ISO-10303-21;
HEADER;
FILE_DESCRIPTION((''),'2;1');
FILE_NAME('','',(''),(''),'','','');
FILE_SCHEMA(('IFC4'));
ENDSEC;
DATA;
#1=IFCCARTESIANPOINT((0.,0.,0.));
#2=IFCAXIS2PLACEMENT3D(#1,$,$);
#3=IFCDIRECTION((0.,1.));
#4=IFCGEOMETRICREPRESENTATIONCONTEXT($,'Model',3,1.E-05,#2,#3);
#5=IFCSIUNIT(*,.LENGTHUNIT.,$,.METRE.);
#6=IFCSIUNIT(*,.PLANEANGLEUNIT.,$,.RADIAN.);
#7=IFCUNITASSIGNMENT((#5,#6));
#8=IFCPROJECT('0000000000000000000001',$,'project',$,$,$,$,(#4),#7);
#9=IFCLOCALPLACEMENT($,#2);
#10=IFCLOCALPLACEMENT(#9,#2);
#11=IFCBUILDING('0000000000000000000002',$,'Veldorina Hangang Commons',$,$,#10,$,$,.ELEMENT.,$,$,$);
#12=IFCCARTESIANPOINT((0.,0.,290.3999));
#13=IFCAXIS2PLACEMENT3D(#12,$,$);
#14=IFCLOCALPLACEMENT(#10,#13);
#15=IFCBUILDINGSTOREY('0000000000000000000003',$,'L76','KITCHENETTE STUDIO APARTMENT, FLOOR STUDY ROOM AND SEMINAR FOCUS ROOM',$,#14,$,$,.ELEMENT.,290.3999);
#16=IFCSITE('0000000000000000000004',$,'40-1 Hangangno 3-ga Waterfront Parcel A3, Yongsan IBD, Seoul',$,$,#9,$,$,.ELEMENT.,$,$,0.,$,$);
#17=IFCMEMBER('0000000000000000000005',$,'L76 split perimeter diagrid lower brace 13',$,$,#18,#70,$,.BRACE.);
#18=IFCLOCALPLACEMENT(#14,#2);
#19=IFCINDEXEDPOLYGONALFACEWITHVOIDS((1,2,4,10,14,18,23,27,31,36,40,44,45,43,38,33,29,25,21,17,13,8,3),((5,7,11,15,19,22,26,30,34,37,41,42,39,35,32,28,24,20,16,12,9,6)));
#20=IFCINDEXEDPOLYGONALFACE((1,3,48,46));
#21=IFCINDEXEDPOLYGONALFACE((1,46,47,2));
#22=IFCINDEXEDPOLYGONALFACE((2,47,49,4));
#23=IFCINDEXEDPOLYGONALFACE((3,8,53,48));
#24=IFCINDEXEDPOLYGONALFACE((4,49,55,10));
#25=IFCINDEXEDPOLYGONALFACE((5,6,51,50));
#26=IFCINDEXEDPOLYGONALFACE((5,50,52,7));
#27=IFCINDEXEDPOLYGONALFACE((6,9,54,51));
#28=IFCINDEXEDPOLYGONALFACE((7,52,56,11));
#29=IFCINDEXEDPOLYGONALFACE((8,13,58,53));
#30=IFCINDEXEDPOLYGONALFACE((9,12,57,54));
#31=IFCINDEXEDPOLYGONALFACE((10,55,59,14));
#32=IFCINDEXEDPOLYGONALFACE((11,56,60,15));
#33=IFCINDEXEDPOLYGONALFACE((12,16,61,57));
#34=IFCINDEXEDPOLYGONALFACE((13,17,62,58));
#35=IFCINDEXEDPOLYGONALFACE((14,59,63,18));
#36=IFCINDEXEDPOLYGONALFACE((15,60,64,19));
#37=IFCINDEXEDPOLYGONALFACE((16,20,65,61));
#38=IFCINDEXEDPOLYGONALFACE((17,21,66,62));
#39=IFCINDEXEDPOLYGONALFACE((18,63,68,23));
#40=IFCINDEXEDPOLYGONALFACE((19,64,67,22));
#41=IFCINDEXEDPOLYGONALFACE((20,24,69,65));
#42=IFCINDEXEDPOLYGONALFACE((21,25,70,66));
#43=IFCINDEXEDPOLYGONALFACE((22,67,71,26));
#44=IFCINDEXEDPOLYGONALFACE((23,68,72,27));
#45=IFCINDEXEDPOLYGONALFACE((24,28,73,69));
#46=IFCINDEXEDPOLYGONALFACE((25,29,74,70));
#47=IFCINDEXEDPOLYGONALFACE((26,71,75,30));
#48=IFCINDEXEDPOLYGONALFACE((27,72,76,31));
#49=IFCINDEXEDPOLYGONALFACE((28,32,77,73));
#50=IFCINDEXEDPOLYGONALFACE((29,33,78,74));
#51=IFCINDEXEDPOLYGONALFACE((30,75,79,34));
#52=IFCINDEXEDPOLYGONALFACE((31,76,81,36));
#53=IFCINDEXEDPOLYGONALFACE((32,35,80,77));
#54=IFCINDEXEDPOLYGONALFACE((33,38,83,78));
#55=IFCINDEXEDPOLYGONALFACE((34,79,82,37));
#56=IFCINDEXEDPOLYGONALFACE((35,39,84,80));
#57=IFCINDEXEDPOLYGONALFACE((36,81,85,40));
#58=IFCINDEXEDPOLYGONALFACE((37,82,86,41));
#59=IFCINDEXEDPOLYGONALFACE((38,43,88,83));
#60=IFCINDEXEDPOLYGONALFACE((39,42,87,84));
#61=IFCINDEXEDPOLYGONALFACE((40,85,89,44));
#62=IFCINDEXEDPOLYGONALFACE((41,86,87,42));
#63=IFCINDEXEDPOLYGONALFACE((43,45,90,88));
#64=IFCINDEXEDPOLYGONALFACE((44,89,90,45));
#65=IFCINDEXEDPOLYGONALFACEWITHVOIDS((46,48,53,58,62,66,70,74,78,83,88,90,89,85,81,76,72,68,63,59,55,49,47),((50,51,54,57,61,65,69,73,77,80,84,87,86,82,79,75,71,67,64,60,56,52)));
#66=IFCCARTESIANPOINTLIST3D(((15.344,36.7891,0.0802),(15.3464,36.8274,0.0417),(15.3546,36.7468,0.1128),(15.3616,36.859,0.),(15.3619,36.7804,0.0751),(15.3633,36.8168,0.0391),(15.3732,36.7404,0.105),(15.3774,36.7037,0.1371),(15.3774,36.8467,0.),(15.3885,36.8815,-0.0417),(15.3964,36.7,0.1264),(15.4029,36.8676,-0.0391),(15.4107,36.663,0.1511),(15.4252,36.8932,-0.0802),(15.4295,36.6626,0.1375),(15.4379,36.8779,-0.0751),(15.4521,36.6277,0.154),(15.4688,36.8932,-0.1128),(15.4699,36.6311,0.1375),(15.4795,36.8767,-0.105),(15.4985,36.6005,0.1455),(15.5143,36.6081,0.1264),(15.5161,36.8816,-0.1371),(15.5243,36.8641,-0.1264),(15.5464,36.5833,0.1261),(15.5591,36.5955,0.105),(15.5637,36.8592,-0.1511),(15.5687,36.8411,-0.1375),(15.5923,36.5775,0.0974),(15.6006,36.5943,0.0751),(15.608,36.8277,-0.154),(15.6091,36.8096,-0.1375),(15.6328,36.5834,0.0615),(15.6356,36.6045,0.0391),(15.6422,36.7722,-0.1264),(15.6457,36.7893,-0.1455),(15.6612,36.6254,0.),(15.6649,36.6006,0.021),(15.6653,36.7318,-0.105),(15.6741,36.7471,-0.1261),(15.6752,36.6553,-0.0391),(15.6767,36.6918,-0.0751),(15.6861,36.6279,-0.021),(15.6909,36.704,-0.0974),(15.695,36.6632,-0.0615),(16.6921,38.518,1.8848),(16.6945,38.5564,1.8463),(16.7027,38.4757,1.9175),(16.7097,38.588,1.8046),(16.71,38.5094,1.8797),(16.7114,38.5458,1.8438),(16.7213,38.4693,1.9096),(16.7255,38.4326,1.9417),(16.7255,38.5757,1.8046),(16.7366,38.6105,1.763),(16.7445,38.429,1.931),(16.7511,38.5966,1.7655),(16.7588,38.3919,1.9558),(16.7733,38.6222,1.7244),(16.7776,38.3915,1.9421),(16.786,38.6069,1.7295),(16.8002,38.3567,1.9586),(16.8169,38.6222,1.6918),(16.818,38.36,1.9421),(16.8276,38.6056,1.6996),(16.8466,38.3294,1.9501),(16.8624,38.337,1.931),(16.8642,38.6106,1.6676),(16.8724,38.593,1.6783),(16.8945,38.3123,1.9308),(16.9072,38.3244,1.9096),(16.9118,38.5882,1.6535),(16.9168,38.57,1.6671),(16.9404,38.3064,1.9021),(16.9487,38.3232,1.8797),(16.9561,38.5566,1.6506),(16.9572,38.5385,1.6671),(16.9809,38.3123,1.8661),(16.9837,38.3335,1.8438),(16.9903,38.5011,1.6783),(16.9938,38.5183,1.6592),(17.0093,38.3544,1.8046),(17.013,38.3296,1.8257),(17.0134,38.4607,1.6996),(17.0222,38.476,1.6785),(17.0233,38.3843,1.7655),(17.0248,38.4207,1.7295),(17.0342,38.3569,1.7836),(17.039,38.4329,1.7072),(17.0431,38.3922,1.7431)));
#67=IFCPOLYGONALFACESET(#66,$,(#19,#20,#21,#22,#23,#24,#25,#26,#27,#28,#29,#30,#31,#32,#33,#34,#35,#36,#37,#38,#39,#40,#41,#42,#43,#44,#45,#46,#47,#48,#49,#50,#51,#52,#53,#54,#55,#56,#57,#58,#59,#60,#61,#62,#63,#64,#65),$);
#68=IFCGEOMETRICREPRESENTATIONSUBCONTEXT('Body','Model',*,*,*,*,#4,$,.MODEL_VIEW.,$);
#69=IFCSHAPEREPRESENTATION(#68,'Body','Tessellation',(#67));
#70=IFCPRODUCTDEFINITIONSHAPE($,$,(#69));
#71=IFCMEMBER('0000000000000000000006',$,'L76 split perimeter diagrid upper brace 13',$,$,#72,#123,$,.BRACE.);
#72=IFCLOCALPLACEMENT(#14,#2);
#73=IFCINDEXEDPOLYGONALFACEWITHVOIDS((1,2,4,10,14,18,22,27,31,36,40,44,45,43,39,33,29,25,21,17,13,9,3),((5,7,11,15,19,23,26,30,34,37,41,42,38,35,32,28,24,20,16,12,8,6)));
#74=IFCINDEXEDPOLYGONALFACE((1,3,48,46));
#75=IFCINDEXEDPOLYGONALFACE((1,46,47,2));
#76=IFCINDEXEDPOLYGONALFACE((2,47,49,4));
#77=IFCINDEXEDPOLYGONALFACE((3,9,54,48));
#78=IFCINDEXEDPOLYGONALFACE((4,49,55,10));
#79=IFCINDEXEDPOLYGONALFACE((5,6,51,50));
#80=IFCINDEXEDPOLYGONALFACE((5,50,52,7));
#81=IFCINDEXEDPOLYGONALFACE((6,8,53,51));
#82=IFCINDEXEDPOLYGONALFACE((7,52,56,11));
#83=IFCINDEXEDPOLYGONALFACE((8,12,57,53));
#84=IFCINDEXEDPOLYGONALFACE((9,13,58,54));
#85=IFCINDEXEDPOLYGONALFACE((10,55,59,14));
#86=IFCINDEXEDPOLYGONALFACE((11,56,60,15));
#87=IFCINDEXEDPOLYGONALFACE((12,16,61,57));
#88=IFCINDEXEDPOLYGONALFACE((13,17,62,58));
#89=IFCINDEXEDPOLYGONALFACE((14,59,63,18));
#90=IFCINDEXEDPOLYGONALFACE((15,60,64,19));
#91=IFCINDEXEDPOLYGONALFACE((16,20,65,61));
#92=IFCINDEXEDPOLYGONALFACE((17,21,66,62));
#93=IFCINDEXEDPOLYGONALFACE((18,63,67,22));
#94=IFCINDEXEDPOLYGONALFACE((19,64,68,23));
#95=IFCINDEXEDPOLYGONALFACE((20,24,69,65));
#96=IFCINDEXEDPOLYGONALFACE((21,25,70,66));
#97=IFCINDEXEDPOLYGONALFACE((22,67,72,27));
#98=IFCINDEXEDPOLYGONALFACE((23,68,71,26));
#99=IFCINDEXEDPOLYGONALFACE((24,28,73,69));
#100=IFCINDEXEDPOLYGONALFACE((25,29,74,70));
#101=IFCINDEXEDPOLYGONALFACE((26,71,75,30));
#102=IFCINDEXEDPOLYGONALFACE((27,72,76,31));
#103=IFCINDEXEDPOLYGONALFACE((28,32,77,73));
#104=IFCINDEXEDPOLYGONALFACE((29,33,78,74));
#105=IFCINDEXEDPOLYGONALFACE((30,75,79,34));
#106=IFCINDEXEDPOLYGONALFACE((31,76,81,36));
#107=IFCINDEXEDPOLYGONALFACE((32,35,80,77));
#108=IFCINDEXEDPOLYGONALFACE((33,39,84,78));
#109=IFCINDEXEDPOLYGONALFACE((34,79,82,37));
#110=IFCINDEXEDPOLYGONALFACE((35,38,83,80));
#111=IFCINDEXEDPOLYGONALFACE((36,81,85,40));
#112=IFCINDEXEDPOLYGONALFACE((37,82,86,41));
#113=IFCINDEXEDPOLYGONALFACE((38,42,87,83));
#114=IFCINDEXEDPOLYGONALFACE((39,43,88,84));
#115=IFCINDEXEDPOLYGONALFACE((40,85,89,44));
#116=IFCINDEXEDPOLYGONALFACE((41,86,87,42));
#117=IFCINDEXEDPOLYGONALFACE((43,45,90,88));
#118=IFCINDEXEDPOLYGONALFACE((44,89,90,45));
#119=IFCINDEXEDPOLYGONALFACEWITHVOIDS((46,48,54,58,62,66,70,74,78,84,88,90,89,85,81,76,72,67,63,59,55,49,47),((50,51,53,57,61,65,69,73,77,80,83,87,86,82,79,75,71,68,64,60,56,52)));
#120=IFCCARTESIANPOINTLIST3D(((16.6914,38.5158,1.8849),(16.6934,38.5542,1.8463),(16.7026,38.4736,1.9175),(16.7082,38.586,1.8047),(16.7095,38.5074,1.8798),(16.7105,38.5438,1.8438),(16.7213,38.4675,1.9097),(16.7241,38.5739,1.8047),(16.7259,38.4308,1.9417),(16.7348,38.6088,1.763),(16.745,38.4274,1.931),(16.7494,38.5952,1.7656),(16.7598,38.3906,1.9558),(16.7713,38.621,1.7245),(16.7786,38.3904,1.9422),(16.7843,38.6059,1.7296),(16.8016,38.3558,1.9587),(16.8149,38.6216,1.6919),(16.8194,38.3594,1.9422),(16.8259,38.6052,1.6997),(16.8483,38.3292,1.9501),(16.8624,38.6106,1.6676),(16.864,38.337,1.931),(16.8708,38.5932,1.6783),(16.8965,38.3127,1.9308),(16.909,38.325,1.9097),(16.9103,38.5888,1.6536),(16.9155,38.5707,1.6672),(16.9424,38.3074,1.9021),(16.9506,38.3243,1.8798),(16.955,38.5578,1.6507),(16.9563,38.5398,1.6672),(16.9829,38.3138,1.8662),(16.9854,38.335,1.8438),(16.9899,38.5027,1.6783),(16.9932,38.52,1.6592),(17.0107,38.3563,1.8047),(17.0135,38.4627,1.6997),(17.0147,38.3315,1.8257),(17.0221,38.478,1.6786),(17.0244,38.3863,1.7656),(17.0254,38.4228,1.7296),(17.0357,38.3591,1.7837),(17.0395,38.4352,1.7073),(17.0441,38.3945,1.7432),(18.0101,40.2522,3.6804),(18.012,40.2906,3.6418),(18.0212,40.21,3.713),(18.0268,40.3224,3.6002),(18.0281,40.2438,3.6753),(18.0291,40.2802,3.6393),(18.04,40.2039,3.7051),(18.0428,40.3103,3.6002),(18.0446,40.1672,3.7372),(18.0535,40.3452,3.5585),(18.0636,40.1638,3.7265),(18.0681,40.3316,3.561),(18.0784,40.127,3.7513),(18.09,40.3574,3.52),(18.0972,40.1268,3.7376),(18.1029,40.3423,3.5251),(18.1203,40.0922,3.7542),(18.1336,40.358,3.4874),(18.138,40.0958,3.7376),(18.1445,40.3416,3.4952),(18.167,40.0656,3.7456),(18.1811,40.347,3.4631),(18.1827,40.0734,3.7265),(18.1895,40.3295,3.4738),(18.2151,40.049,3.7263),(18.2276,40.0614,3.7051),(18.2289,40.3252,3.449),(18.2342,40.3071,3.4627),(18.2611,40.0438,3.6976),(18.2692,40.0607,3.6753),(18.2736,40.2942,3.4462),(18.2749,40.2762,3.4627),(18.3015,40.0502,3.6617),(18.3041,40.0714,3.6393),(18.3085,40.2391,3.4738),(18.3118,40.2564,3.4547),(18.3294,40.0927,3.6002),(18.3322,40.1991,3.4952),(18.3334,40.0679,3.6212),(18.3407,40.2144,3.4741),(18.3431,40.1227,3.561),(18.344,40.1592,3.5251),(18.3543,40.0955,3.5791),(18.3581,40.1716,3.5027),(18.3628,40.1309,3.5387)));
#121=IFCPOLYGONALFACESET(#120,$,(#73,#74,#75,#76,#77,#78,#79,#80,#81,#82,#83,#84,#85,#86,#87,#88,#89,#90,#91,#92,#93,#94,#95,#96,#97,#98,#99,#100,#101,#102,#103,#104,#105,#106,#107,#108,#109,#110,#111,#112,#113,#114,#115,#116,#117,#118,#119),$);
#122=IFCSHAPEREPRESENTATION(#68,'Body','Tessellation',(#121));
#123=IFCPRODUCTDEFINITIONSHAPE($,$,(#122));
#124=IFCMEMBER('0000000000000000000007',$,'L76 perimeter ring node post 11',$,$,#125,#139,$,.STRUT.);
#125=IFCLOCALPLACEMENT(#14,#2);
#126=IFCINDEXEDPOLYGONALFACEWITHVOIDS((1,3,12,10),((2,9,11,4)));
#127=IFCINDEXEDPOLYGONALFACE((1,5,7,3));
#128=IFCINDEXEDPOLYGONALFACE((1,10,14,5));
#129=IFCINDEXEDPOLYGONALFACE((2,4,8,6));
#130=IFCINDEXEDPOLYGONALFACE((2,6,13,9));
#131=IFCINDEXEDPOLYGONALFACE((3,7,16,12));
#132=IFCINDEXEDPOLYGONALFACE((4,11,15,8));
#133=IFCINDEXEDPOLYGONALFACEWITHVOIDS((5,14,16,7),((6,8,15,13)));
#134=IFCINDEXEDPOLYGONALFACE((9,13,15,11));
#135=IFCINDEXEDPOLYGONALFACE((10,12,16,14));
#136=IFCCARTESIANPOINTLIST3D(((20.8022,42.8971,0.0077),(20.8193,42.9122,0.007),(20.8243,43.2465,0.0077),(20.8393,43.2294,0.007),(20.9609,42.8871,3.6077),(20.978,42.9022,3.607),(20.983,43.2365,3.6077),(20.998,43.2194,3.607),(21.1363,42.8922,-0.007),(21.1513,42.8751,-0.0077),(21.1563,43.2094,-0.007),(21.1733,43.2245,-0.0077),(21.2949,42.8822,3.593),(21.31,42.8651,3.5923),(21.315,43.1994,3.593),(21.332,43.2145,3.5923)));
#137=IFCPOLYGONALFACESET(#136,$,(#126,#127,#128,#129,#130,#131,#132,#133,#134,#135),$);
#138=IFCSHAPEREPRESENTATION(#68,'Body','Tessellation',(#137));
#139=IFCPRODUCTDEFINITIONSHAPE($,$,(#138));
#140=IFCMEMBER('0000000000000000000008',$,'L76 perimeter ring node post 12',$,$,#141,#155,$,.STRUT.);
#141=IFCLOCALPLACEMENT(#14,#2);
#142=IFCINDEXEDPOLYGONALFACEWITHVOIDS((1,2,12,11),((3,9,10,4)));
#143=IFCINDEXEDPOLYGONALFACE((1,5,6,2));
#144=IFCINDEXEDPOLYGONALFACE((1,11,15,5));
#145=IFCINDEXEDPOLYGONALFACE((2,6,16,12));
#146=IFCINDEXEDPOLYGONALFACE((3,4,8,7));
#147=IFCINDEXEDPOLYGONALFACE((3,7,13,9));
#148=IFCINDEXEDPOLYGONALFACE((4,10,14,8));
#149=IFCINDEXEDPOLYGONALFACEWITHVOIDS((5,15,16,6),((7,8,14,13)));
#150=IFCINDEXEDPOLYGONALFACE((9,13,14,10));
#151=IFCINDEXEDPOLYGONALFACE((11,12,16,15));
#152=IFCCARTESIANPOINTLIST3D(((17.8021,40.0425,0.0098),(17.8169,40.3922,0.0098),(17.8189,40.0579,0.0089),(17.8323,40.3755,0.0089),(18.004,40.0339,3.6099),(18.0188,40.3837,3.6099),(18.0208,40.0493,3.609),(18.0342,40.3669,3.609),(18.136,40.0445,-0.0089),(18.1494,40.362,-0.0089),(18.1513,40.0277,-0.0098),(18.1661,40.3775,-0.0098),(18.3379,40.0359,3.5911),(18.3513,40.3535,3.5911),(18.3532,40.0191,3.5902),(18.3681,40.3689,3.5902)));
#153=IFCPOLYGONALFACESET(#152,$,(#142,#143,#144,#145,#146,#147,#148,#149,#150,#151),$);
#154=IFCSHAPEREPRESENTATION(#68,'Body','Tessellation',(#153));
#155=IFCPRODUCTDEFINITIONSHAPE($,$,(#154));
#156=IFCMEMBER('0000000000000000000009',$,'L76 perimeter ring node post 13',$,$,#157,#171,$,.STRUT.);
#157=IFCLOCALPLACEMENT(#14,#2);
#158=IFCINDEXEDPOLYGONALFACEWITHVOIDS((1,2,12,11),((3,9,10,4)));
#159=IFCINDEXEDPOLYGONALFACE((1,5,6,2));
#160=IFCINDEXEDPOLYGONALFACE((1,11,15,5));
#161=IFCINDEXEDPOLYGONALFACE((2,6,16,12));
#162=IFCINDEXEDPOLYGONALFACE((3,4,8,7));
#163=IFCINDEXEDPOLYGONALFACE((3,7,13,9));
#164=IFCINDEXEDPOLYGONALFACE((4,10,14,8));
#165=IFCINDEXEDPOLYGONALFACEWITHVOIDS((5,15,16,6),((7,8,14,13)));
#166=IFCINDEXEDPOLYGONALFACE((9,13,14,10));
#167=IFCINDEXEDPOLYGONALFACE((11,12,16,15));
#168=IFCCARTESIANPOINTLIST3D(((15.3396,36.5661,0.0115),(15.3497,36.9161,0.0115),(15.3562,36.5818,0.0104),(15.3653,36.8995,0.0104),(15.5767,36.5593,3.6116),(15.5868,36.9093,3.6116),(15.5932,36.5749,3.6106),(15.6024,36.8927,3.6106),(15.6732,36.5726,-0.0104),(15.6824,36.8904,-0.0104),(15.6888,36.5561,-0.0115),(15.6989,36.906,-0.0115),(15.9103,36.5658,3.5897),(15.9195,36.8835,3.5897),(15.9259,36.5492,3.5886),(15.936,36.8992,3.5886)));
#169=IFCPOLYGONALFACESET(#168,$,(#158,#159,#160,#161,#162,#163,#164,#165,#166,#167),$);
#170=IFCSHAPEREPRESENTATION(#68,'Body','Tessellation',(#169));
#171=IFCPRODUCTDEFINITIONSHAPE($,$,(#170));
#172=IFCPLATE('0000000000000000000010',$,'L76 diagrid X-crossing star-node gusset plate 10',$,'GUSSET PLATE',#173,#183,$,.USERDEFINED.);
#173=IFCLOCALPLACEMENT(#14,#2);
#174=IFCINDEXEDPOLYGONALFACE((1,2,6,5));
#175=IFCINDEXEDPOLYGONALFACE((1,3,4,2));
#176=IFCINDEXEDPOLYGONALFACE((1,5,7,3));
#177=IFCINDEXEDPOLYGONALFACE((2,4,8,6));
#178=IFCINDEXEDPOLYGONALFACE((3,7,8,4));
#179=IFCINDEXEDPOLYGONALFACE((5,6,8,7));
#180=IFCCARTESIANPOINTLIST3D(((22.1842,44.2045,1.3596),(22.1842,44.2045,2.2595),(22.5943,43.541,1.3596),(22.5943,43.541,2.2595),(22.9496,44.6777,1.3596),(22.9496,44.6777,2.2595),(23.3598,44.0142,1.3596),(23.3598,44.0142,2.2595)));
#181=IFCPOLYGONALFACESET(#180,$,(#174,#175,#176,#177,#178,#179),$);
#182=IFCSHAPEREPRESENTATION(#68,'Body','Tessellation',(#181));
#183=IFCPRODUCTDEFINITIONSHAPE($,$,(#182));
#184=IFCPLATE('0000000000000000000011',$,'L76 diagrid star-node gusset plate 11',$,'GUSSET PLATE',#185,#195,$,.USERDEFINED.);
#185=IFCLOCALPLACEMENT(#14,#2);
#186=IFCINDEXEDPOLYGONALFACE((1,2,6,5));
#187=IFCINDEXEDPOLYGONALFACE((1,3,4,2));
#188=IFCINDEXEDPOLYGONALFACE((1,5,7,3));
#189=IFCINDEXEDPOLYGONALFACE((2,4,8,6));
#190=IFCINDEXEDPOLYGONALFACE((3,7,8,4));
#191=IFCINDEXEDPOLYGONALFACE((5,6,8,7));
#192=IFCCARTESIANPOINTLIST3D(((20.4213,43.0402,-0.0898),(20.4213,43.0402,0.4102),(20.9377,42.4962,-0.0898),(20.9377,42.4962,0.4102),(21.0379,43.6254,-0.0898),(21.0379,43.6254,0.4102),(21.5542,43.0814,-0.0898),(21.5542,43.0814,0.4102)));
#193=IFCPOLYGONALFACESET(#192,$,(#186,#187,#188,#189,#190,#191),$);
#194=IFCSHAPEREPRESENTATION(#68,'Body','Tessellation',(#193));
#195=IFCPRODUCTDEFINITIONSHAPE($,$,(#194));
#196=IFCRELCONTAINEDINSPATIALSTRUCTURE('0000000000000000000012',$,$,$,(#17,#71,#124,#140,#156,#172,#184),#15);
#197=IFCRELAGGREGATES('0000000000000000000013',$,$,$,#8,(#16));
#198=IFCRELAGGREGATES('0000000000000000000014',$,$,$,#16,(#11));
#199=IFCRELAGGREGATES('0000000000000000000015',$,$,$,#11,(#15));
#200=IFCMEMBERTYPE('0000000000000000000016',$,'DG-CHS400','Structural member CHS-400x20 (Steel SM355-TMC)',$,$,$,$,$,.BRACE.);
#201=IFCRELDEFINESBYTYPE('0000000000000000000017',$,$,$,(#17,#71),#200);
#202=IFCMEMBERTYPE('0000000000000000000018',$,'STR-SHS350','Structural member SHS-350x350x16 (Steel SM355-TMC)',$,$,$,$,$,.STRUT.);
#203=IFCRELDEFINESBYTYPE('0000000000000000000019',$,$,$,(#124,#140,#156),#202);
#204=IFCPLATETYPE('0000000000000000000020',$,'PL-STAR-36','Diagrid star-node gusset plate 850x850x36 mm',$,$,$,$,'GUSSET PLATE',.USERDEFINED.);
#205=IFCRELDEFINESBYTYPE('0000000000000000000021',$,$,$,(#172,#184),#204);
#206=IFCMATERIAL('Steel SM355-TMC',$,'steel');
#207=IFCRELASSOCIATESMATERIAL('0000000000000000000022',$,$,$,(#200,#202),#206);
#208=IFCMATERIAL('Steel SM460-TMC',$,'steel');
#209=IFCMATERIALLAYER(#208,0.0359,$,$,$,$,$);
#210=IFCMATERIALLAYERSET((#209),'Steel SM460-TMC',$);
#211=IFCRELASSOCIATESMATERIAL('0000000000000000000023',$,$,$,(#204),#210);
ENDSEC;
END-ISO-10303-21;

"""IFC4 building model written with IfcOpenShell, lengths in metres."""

from ifc_helpers import new_model, si_unit, direction, frame, origin, origin_2d, place, context, subcontext, project, spatial, rectangle, hollow_rectangle, hollow_circle, extrude, material, layer, layer_set, material_profile, profile_set, type_object, element, save


model = new_model("IFC4")

# Units and contexts
model_context = context("Model", 3, precision=1e-05, world=origin(), true_north=direction((0.0, 1.0)))
body_context = subcontext(model_context, "Body", "Model", "MODEL_VIEW")
ifc_project = project(units=[si_unit("LENGTHUNIT", "METRE"), si_unit("PLANEANGLEUNIT", "RADIAN")], contexts=[model_context])

# Site, building, storey
site_placement = place(None, origin())
site = spatial("IfcSite", under=ifc_project, at=site_placement, Name="40-1 Hangangno 3-ga Waterfront Parcel A3, Yongsan IBD, Seoul", CompositionType="ELEMENT", RefElevation=0.0)
building_placement = place(site_placement, origin())
building = spatial("IfcBuilding", under=site, at=building_placement, Name="Veldorina Hangang Commons", CompositionType="ELEMENT")
storey_placement = place(building_placement, frame((0.0, 0.0, 290.3999)))
storey = spatial("IfcBuildingStorey", under=building, at=storey_placement, Name="L76", Description="KITCHENETTE STUDIO APARTMENT, FLOOR STUDY ROOM AND SEMINAR FOCUS ROOM", CompositionType="ELEMENT", Elevation=290.3999)

# Shared definitions
ifc_material_1 = material(Name="Steel SM355-TMC", Category="steel")

# Members
ifc_material_profile_1 = material_profile(ifc_material_1, hollow_circle(Radius=0.2, WallThickness=0.02, at=origin_2d()), Name="CHS-400x20")
ifc_profile_set_1 = profile_set([ifc_material_profile_1], Name="Steel SM355-TMC")
member_type_1 = type_object("IfcMemberType", Name="DG-CHS400", Description="Structural member CHS-400x20 (Steel SM355-TMC)", PredefinedType="BRACE", material=ifc_profile_set_1)
member_1_placement = place(storey_placement, frame((15.5193, 36.7361, 0.0), z_axis=(0.47475, 0.60887, 0.635522), x_axis=(-0.788608, 0.614896, 0.0)))
element("IfcMember", 1, at=member_1_placement, inside=storey, type_object=member_type_1, Name="L76 split perimeter diagrid lower brace 13", PredefinedType="BRACE", context=body_context, shape_type="SweptSolid", body=[
    extrude(hollow_circle(Radius=0.2, WallThickness=0.02, at=origin_2d()), origin(), (0.0, 0.0, 1.0), 2.8396),
])
member_2_placement = place(storey_placement, frame((16.8674, 38.4651, 1.8047), z_axis=(0.466867, 0.614767, 0.635686), x_axis=(-0.796384, 0.604791, 0.0)))
element("IfcMember", 2, at=member_2_placement, inside=storey, type_object=member_type_1, Name="L76 split perimeter diagrid upper brace 13", PredefinedType="BRACE", context=body_context, shape_type="SweptSolid", body=[
    extrude(hollow_circle(Radius=0.2, WallThickness=0.02, at=origin_2d()), origin(), (0.0, 0.0, 1.0), 2.8245),
])
ifc_material_profile_2 = material_profile(ifc_material_1, hollow_rectangle(XDim=0.3501, YDim=0.3501, WallThickness=0.0161, at=origin_2d()), Name="SHS-350x350x16")
ifc_profile_set_2 = profile_set([ifc_material_profile_2], Name="Steel SM355-TMC")
member_type_2 = type_object("IfcMemberType", Name="STR-SHS350", Description="Structural member SHS-350x350x16 (Steel SM355-TMC)", PredefinedType="STRUT", material=ifc_profile_set_2)
member_3_placement = place(storey_placement, frame((20.9878, 43.0608, 0.0), z_axis=(0.044037, -0.002778, 0.999026), x_axis=(0.062952, 0.998017, 0.0)))
element("IfcMember", 3, at=member_3_placement, inside=storey, type_object=member_type_2, Name="L76 perimeter ring node post 11", PredefinedType="STRUT", context=body_context, shape_type="SweptSolid", body=[
    extrude(hollow_rectangle(XDim=0.3501, YDim=0.3501, WallThickness=0.0161, at=origin_2d()), origin(), (0.0, 0.0, 1.0), 3.6035),
])
member_4_placement = place(storey_placement, frame((17.9841, 40.21, 0.0), z_axis=(0.055995, -0.00237, 0.998428), x_axis=(0.042284, 0.999106, 0.0)))
element("IfcMember", 4, at=member_4_placement, inside=storey, type_object=member_type_2, Name="L76 perimeter ring node post 12", PredefinedType="STRUT", context=body_context, shape_type="SweptSolid", body=[
    extrude(hollow_rectangle(XDim=0.3501, YDim=0.3501, WallThickness=0.0161, at=origin_2d()), origin(), (0.0, 0.0, 1.0), 3.6057),
])
member_5_placement = place(storey_placement, frame((15.5193, 36.7361, 0.0), z_axis=(0.065706, -0.001895, 0.997837), x_axis=(0.028824, 0.999584, 0.0)))
element("IfcMember", 5, at=member_5_placement, inside=storey, type_object=member_type_2, Name="L76 perimeter ring node post 13", PredefinedType="STRUT", context=body_context, shape_type="SweptSolid", body=[
    extrude(hollow_rectangle(XDim=0.3501, YDim=0.3501, WallThickness=0.0161, at=origin_2d()), origin(), (0.0, 0.0, 1.0), 3.6079),
])

# Plates
ifc_material_2 = material(Name="Steel SM460-TMC", Category="steel")
ifc_layer_1 = layer(ifc_material_2, 0.0359)
ifc_layer_set_1 = layer_set([ifc_layer_1], Name="Steel SM460-TMC")
plate_type = type_object("IfcPlateType", Name="PL-STAR-36", Description="Diagrid star-node gusset plate 850x850x36 mm", ElementType="GUSSET PLATE", PredefinedType="USERDEFINED", material=ifc_layer_set_1)
plate_1_placement = place(storey_placement, frame((22.772, 44.1094, 1.3596), z_axis=(0.0, 0.0, 1.0), x_axis=(-0.850591, -0.525828, 0.0)))
element("IfcPlate", 6, at=plate_1_placement, inside=storey, type_object=plate_type, Name="L76 diagrid X-crossing star-node gusset plate 10", ObjectType="GUSSET PLATE", PredefinedType="USERDEFINED", context=body_context, shape_type="SweptSolid", body=[
    extrude(rectangle(XDim=0.8999, YDim=0.78, at=origin_2d()), origin(), (0.0, 0.0, 1.0), 0.8999),
])
for number, where, z_axis, x_axis, name in (
    (7, (20.9878, 43.0608, -0.0898), (0.0, 0.0, 1.0), (-0.725314, -0.688418, 0.0), "L76 diagrid star-node gusset plate 11"),
):
    element("IfcPlate", number, at=place(storey_placement, frame(where, z_axis=z_axis, x_axis=x_axis)), inside=storey, type_object=plate_type, Name=name, ObjectType="GUSSET PLATE", PredefinedType="USERDEFINED", context=body_context, shape_type="SweptSolid", body=[
        extrude(rectangle(XDim=0.8501, YDim=0.75, at=origin_2d()), origin(), (0.0, 0.0, 1.0), 0.5),
    ])

save(model, "model.ifc")
